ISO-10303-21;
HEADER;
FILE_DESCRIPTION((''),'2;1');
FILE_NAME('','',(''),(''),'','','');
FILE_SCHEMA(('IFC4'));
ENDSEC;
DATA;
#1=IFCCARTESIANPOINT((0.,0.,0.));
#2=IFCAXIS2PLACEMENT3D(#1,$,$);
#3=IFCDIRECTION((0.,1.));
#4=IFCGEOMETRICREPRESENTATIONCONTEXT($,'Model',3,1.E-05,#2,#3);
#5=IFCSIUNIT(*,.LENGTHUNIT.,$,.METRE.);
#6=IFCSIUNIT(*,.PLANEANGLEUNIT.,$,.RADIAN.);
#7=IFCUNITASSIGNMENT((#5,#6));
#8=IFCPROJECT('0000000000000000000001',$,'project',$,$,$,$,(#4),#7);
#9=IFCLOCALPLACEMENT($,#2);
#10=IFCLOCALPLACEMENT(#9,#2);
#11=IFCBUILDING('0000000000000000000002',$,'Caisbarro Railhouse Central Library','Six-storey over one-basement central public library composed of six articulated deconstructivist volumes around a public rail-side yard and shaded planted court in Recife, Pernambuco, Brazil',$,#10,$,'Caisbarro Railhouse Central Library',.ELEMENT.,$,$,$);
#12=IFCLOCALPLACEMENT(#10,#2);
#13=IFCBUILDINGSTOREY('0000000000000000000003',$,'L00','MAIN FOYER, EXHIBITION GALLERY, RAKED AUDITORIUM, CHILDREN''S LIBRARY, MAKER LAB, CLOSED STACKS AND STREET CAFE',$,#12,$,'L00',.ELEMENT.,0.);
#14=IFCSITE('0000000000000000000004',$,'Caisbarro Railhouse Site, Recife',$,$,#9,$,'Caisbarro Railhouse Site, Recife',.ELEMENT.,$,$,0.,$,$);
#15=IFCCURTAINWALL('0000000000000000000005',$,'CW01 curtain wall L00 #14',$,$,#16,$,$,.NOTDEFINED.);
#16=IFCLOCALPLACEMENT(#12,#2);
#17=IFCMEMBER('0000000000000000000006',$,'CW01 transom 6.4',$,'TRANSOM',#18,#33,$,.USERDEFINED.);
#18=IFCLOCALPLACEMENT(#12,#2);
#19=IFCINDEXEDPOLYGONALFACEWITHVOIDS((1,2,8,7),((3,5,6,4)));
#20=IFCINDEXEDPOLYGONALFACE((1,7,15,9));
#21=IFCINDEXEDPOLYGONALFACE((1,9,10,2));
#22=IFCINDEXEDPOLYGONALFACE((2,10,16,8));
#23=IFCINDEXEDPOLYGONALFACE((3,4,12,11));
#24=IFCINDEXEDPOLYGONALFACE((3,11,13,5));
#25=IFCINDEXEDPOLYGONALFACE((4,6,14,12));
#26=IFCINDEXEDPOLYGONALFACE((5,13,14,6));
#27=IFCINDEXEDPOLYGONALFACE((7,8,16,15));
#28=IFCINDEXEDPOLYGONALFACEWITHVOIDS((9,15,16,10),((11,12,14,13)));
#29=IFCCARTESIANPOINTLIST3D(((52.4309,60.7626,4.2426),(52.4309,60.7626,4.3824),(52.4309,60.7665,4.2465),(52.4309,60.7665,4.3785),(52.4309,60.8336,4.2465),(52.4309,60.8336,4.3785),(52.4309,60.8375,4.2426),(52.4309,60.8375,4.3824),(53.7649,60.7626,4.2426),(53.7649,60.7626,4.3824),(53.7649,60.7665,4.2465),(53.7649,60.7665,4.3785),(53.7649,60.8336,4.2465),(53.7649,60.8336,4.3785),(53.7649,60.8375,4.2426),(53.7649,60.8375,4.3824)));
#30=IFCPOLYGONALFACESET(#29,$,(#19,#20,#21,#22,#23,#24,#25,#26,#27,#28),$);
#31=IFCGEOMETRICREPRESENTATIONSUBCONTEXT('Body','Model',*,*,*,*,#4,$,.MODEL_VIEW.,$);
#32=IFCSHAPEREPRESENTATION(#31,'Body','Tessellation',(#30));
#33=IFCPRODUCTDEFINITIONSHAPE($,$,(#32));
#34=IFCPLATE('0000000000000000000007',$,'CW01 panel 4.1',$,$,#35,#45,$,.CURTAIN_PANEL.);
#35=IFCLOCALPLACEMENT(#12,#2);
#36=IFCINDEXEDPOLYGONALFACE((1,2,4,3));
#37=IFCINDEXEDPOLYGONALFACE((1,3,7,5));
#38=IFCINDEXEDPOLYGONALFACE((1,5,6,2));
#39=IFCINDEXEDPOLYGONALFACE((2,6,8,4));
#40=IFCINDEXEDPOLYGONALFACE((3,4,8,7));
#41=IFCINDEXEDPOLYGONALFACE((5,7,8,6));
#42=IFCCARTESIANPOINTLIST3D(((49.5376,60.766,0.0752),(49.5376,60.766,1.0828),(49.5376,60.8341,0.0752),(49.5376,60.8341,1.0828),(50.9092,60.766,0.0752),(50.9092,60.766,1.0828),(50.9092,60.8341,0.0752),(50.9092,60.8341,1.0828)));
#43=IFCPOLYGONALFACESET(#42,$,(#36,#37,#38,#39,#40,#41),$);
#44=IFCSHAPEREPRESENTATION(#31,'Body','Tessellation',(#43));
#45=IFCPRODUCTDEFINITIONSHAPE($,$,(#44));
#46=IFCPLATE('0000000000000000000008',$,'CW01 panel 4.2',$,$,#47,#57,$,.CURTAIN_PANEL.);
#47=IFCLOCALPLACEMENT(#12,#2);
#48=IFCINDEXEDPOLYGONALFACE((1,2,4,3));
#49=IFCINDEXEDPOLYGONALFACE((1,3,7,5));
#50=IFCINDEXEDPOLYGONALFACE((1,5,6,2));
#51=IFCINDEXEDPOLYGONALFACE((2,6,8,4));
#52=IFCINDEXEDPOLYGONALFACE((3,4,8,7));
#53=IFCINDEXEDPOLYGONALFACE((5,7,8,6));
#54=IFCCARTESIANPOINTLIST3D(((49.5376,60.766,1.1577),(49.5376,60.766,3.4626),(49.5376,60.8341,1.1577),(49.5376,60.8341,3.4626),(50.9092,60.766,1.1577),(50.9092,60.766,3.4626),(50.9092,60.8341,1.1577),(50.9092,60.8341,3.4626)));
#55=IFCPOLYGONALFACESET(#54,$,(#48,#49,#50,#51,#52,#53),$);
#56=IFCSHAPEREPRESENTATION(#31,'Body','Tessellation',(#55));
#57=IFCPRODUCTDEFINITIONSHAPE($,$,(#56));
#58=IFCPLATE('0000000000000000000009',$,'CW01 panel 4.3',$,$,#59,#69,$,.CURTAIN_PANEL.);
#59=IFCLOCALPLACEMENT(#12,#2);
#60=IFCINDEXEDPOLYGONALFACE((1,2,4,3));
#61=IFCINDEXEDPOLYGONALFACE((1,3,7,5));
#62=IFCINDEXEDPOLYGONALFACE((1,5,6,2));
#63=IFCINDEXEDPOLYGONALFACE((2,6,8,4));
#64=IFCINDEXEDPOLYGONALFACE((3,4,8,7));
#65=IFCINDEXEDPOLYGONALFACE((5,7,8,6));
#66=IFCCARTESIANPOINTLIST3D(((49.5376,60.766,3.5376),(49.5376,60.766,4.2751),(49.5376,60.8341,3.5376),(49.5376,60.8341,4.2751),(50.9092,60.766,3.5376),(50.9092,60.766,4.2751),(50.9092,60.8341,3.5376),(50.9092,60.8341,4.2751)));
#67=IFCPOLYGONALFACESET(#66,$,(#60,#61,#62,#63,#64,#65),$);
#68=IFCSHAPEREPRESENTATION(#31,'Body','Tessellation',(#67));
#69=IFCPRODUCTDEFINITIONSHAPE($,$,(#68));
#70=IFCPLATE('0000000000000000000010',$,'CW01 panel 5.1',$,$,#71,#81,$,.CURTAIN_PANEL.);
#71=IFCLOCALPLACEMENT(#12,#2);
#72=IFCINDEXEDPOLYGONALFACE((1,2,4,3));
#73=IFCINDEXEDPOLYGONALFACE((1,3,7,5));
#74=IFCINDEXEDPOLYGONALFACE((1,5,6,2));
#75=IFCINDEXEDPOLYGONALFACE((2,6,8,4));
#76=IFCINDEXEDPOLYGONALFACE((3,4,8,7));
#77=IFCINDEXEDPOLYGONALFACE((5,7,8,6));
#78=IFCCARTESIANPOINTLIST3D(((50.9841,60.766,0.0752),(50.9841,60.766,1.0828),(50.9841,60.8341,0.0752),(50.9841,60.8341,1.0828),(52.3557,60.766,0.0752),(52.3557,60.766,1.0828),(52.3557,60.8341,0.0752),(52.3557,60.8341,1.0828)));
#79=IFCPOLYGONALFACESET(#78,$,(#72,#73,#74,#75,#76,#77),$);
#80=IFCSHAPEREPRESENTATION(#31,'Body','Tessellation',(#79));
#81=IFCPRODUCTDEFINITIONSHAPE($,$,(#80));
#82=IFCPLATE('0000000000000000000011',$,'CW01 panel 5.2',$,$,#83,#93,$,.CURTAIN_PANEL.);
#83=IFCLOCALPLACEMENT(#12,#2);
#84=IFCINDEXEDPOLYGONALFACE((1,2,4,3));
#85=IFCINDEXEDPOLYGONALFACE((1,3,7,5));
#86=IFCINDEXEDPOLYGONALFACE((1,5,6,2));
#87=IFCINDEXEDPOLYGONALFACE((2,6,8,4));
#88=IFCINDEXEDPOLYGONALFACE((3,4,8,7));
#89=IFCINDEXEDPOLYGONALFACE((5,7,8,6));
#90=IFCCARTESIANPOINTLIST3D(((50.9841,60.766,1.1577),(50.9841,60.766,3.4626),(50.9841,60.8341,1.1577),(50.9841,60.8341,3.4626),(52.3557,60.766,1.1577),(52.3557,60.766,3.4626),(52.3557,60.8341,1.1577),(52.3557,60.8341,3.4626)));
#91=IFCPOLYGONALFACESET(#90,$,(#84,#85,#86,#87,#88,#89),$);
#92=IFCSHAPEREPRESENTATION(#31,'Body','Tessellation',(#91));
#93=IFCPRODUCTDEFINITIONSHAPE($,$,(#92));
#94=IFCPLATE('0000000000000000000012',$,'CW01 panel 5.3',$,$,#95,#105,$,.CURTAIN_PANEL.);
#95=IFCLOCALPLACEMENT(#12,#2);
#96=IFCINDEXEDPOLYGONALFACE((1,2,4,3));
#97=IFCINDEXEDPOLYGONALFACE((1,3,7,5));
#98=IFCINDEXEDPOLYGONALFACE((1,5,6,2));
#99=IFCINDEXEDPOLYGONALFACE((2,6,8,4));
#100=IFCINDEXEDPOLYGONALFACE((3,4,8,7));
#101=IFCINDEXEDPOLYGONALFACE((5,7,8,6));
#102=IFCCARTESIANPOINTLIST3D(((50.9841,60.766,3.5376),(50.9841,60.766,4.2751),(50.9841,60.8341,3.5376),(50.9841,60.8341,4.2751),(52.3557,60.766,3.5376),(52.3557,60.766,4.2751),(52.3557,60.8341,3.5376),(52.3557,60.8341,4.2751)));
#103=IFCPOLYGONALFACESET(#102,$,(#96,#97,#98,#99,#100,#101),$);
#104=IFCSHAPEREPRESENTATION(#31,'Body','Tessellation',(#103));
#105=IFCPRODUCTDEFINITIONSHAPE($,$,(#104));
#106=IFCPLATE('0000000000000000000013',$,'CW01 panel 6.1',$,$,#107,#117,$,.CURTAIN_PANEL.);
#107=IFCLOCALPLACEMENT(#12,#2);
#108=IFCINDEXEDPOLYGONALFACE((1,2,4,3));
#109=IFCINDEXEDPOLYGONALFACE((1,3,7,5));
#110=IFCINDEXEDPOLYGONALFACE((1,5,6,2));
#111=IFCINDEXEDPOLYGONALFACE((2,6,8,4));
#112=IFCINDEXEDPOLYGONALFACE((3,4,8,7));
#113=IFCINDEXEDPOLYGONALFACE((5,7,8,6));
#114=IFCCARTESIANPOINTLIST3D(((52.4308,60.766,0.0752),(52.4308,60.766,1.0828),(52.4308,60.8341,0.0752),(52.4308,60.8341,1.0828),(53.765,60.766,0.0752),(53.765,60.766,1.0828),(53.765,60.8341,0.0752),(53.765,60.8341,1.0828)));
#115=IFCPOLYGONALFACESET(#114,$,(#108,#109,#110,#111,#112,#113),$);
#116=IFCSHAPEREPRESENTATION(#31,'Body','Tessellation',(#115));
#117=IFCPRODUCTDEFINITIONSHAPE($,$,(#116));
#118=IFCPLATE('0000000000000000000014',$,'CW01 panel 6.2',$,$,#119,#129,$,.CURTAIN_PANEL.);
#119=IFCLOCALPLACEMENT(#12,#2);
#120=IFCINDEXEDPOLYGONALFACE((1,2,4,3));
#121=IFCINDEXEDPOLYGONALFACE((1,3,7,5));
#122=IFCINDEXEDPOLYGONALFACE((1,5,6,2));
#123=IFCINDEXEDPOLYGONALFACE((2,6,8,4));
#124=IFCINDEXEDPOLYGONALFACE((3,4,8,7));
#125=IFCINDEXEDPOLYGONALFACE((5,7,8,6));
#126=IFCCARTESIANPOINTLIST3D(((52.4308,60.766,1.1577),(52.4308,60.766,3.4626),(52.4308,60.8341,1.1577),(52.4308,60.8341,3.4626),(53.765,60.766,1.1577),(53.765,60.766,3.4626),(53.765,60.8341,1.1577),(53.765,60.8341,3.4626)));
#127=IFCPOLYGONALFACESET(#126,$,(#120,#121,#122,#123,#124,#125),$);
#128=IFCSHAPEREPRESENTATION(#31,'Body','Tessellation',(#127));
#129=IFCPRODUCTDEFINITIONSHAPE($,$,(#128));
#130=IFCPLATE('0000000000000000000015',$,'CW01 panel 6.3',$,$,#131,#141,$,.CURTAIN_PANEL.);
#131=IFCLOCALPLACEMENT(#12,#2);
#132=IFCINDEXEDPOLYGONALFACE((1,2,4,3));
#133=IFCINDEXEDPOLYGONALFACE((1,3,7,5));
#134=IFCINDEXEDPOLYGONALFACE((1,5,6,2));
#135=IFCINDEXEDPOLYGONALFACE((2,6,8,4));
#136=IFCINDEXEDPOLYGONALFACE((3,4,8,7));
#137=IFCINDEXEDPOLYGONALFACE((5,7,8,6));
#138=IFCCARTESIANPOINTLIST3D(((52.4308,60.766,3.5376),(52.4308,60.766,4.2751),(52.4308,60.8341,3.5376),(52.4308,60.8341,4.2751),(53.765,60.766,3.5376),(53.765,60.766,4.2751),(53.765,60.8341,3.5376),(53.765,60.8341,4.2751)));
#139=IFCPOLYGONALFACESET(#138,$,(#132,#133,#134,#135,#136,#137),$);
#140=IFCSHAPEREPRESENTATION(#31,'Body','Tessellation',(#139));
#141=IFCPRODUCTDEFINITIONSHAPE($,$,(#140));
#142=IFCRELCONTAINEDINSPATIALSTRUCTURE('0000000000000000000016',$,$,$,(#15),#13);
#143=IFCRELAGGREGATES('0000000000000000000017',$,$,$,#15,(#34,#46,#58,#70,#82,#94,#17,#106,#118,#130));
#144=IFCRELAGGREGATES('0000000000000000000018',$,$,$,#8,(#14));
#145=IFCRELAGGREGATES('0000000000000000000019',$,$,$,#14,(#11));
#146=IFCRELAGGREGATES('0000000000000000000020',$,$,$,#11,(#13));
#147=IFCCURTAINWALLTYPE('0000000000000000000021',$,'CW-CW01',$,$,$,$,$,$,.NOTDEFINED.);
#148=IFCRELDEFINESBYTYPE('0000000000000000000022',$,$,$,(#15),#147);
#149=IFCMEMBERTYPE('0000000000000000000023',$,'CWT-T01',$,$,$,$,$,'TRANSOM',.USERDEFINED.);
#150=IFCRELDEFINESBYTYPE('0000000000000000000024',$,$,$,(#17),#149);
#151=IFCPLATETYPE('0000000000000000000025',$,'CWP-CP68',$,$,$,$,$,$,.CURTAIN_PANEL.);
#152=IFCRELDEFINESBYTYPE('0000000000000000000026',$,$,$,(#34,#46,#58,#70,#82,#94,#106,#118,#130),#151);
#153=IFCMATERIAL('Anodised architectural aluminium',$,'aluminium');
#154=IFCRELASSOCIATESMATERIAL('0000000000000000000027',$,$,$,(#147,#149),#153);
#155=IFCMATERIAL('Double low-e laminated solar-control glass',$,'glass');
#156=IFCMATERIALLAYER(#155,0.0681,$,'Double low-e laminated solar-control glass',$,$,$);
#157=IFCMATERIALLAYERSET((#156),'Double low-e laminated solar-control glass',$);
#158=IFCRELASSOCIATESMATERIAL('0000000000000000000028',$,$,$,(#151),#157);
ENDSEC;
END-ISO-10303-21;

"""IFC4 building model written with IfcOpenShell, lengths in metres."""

from ifc_helpers import new_model, si_unit, direction, frame, origin, origin_2d, place, context, subcontext, project, spatial, rectangle, hollow_rectangle, extrude, material, layer, layer_set, material_profile, profile_set, type_object, element, aggregate, save


model = new_model("IFC4")

# Units and contexts
model_context = context("Model", 3, precision=1e-05, world=origin(), true_north=direction((0.0, 1.0)))
body_context = subcontext(model_context, "Body", "Model", "MODEL_VIEW")
ifc_project = project(units=[si_unit("LENGTHUNIT", "METRE"), si_unit("PLANEANGLEUNIT", "RADIAN")], contexts=[model_context])

# Site, building, storey
site_placement = place(None, origin())
site = spatial("IfcSite", under=ifc_project, at=site_placement, Name="Caisbarro Railhouse Site, Recife", LongName="Caisbarro Railhouse Site, Recife", CompositionType="ELEMENT", RefElevation=0.0)
building_placement = place(site_placement, origin())
building = spatial("IfcBuilding", under=site, at=building_placement, Name="Caisbarro Railhouse Central Library", Description="Six-storey over one-basement central public library composed of six articulated deconstructivist volumes around a public rail-side yard and shaded planted court in Recife, Pernambuco, Brazil", LongName="Caisbarro Railhouse Central Library", CompositionType="ELEMENT")
storey_placement = place(building_placement, origin())
storey = spatial("IfcBuildingStorey", under=building, at=storey_placement, Name="L00", Description="MAIN FOYER, EXHIBITION GALLERY, RAKED AUDITORIUM, CHILDREN'S LIBRARY, MAKER LAB, CLOSED STACKS AND STREET CAFE", LongName="L00", CompositionType="ELEMENT", Elevation=0.0)

# Curtain wall
ifc_material_1 = material(Name="Anodised architectural aluminium", Category="aluminium")
curtain_wall_type = type_object("IfcCurtainWallType", Name="CW-CW01", PredefinedType="NOTDEFINED", material=ifc_material_1)
curtain_wall_1_placement = place(storey_placement, origin())
curtain_wall_1 = element("IfcCurtainWall", 1, at=curtain_wall_1_placement, inside=storey, type_object=curtain_wall_type, Name="CW01 curtain wall L00 #14", PredefinedType="NOTDEFINED")

# Member
ifc_material_profile_1 = material_profile(ifc_material_1, hollow_rectangle(XDim=0.075, YDim=0.1399, WallThickness=0.0039, at=origin_2d()), Name="ALU-TRN-75X140")
ifc_profile_set_1 = profile_set([ifc_material_profile_1], Name="Anodised architectural aluminium")
member_type_1 = type_object("IfcMemberType", Name="CWT-T01", ElementType="TRANSOM", PredefinedType="USERDEFINED", material=ifc_profile_set_1)
member_1_placement = place(storey_placement, frame((52.4309, 60.8, 4.3125), z_axis=(1.0, 0.0, 0.0), x_axis=(0.0, 1.0, 0.0)))
member_1 = element("IfcMember", 2, at=member_1_placement, type_object=member_type_1, Name="CW01 transom 6.4", ObjectType="TRANSOM", PredefinedType="USERDEFINED", context=body_context, shape_type="SweptSolid", body=[
    extrude(hollow_rectangle(XDim=0.075, YDim=0.1399, WallThickness=0.0039, at=origin_2d()), origin(), (0.0, 0.0, 1.0), 1.334),
])

# Plates
ifc_material_2 = material(Name="Double low-e laminated solar-control glass", Category="glass")
ifc_layer = layer(ifc_material_2, 0.0681, Name="Double low-e laminated solar-control glass")
ifc_layer_set = layer_set([ifc_layer], Name="Double low-e laminated solar-control glass")
plate_type = type_object("IfcPlateType", Name="CWP-CP68", PredefinedType="CURTAIN_PANEL", material=ifc_layer_set)
plate_1_placement = place(storey_placement, frame((50.2234, 60.8, 0.0752), z_axis=(0.0, 0.0, 1.0), x_axis=(1.0, 0.0, 0.0)))
plate_1 = element("IfcPlate", 3, at=plate_1_placement, type_object=plate_type, Name="CW01 panel 4.1", PredefinedType="CURTAIN_PANEL", context=body_context, shape_type="SweptSolid", body=[
    extrude(rectangle(XDim=1.3716, YDim=0.0681, at=origin_2d()), origin(), (0.0, 0.0, 1.0), 1.0076),
])
plate_2_placement = place(storey_placement, frame((50.2234, 60.8, 1.1577), z_axis=(0.0, 0.0, 1.0), x_axis=(1.0, 0.0, 0.0)))
plate_2 = element("IfcPlate", 4, at=plate_2_placement, type_object=plate_type, Name="CW01 panel 4.2", PredefinedType="CURTAIN_PANEL", context=body_context, shape_type="SweptSolid", body=[
    extrude(rectangle(XDim=1.3716, YDim=0.0681, at=origin_2d()), origin(), (0.0, 0.0, 1.0), 2.3049),
])
plate_3_placement = place(storey_placement, frame((50.2234, 60.8, 3.5376), z_axis=(0.0, 0.0, 1.0), x_axis=(1.0, 0.0, 0.0)))
plate_3 = element("IfcPlate", 5, at=plate_3_placement, type_object=plate_type, Name="CW01 panel 4.3", PredefinedType="CURTAIN_PANEL", context=body_context, shape_type="SweptSolid", body=[
    extrude(rectangle(XDim=1.3716, YDim=0.0681, at=origin_2d()), origin(), (0.0, 0.0, 1.0), 0.7375),
])
plate_4_placement = place(storey_placement, frame((51.6699, 60.8, 0.0752), z_axis=(0.0, 0.0, 1.0), x_axis=(1.0, 0.0, 0.0)))
plate_4 = element("IfcPlate", 6, at=plate_4_placement, type_object=plate_type, Name="CW01 panel 5.1", PredefinedType="CURTAIN_PANEL", context=body_context, shape_type="SweptSolid", body=[
    extrude(rectangle(XDim=1.3716, YDim=0.0681, at=origin_2d()), origin(), (0.0, 0.0, 1.0), 1.0076),
])
plate_5_placement = place(storey_placement, frame((51.6699, 60.8, 1.1577), z_axis=(0.0, 0.0, 1.0), x_axis=(1.0, 0.0, 0.0)))
plate_5 = element("IfcPlate", 7, at=plate_5_placement, type_object=plate_type, Name="CW01 panel 5.2", PredefinedType="CURTAIN_PANEL", context=body_context, shape_type="SweptSolid", body=[
    extrude(rectangle(XDim=1.3716, YDim=0.0681, at=origin_2d()), origin(), (0.0, 0.0, 1.0), 2.3049),
])
plate_6_placement = place(storey_placement, frame((51.6699, 60.8, 3.5376), z_axis=(0.0, 0.0, 1.0), x_axis=(1.0, 0.0, 0.0)))
plate_6 = element("IfcPlate", 8, at=plate_6_placement, type_object=plate_type, Name="CW01 panel 5.3", PredefinedType="CURTAIN_PANEL", context=body_context, shape_type="SweptSolid", body=[
    extrude(rectangle(XDim=1.3716, YDim=0.0681, at=origin_2d()), origin(), (0.0, 0.0, 1.0), 0.7375),
])
plate_7_placement = place(storey_placement, frame((53.0979, 60.8, 0.0752), z_axis=(0.0, 0.0, 1.0), x_axis=(1.0, 0.0, 0.0)))
plate_7 = element("IfcPlate", 9, at=plate_7_placement, type_object=plate_type, Name="CW01 panel 6.1", PredefinedType="CURTAIN_PANEL", context=body_context, shape_type="SweptSolid", body=[
    extrude(rectangle(XDim=1.3342, YDim=0.0681, at=origin_2d()), origin(), (0.0, 0.0, 1.0), 1.0076),
])
plate_8_placement = place(storey_placement, frame((53.0979, 60.8, 1.1577), z_axis=(0.0, 0.0, 1.0), x_axis=(1.0, 0.0, 0.0)))
plate_8 = element("IfcPlate", 10, at=plate_8_placement, type_object=plate_type, Name="CW01 panel 6.2", PredefinedType="CURTAIN_PANEL", context=body_context, shape_type="SweptSolid", body=[
    extrude(rectangle(XDim=1.3342, YDim=0.0681, at=origin_2d()), origin(), (0.0, 0.0, 1.0), 2.3049),
])
plate_9_placement = place(storey_placement, frame((53.0979, 60.8, 3.5376), z_axis=(0.0, 0.0, 1.0), x_axis=(1.0, 0.0, 0.0)))
plate_9 = element("IfcPlate", 11, at=plate_9_placement, type_object=plate_type, Name="CW01 panel 6.3", PredefinedType="CURTAIN_PANEL", context=body_context, shape_type="SweptSolid", body=[
    extrude(rectangle(XDim=1.3342, YDim=0.0681, at=origin_2d()), origin(), (0.0, 0.0, 1.0), 0.7375),
])
aggregate(curtain_wall_1, [plate_1, plate_2, plate_3, plate_4, plate_5, plate_6, member_1, plate_7, plate_8, plate_9])

save(model, "model.ifc")
